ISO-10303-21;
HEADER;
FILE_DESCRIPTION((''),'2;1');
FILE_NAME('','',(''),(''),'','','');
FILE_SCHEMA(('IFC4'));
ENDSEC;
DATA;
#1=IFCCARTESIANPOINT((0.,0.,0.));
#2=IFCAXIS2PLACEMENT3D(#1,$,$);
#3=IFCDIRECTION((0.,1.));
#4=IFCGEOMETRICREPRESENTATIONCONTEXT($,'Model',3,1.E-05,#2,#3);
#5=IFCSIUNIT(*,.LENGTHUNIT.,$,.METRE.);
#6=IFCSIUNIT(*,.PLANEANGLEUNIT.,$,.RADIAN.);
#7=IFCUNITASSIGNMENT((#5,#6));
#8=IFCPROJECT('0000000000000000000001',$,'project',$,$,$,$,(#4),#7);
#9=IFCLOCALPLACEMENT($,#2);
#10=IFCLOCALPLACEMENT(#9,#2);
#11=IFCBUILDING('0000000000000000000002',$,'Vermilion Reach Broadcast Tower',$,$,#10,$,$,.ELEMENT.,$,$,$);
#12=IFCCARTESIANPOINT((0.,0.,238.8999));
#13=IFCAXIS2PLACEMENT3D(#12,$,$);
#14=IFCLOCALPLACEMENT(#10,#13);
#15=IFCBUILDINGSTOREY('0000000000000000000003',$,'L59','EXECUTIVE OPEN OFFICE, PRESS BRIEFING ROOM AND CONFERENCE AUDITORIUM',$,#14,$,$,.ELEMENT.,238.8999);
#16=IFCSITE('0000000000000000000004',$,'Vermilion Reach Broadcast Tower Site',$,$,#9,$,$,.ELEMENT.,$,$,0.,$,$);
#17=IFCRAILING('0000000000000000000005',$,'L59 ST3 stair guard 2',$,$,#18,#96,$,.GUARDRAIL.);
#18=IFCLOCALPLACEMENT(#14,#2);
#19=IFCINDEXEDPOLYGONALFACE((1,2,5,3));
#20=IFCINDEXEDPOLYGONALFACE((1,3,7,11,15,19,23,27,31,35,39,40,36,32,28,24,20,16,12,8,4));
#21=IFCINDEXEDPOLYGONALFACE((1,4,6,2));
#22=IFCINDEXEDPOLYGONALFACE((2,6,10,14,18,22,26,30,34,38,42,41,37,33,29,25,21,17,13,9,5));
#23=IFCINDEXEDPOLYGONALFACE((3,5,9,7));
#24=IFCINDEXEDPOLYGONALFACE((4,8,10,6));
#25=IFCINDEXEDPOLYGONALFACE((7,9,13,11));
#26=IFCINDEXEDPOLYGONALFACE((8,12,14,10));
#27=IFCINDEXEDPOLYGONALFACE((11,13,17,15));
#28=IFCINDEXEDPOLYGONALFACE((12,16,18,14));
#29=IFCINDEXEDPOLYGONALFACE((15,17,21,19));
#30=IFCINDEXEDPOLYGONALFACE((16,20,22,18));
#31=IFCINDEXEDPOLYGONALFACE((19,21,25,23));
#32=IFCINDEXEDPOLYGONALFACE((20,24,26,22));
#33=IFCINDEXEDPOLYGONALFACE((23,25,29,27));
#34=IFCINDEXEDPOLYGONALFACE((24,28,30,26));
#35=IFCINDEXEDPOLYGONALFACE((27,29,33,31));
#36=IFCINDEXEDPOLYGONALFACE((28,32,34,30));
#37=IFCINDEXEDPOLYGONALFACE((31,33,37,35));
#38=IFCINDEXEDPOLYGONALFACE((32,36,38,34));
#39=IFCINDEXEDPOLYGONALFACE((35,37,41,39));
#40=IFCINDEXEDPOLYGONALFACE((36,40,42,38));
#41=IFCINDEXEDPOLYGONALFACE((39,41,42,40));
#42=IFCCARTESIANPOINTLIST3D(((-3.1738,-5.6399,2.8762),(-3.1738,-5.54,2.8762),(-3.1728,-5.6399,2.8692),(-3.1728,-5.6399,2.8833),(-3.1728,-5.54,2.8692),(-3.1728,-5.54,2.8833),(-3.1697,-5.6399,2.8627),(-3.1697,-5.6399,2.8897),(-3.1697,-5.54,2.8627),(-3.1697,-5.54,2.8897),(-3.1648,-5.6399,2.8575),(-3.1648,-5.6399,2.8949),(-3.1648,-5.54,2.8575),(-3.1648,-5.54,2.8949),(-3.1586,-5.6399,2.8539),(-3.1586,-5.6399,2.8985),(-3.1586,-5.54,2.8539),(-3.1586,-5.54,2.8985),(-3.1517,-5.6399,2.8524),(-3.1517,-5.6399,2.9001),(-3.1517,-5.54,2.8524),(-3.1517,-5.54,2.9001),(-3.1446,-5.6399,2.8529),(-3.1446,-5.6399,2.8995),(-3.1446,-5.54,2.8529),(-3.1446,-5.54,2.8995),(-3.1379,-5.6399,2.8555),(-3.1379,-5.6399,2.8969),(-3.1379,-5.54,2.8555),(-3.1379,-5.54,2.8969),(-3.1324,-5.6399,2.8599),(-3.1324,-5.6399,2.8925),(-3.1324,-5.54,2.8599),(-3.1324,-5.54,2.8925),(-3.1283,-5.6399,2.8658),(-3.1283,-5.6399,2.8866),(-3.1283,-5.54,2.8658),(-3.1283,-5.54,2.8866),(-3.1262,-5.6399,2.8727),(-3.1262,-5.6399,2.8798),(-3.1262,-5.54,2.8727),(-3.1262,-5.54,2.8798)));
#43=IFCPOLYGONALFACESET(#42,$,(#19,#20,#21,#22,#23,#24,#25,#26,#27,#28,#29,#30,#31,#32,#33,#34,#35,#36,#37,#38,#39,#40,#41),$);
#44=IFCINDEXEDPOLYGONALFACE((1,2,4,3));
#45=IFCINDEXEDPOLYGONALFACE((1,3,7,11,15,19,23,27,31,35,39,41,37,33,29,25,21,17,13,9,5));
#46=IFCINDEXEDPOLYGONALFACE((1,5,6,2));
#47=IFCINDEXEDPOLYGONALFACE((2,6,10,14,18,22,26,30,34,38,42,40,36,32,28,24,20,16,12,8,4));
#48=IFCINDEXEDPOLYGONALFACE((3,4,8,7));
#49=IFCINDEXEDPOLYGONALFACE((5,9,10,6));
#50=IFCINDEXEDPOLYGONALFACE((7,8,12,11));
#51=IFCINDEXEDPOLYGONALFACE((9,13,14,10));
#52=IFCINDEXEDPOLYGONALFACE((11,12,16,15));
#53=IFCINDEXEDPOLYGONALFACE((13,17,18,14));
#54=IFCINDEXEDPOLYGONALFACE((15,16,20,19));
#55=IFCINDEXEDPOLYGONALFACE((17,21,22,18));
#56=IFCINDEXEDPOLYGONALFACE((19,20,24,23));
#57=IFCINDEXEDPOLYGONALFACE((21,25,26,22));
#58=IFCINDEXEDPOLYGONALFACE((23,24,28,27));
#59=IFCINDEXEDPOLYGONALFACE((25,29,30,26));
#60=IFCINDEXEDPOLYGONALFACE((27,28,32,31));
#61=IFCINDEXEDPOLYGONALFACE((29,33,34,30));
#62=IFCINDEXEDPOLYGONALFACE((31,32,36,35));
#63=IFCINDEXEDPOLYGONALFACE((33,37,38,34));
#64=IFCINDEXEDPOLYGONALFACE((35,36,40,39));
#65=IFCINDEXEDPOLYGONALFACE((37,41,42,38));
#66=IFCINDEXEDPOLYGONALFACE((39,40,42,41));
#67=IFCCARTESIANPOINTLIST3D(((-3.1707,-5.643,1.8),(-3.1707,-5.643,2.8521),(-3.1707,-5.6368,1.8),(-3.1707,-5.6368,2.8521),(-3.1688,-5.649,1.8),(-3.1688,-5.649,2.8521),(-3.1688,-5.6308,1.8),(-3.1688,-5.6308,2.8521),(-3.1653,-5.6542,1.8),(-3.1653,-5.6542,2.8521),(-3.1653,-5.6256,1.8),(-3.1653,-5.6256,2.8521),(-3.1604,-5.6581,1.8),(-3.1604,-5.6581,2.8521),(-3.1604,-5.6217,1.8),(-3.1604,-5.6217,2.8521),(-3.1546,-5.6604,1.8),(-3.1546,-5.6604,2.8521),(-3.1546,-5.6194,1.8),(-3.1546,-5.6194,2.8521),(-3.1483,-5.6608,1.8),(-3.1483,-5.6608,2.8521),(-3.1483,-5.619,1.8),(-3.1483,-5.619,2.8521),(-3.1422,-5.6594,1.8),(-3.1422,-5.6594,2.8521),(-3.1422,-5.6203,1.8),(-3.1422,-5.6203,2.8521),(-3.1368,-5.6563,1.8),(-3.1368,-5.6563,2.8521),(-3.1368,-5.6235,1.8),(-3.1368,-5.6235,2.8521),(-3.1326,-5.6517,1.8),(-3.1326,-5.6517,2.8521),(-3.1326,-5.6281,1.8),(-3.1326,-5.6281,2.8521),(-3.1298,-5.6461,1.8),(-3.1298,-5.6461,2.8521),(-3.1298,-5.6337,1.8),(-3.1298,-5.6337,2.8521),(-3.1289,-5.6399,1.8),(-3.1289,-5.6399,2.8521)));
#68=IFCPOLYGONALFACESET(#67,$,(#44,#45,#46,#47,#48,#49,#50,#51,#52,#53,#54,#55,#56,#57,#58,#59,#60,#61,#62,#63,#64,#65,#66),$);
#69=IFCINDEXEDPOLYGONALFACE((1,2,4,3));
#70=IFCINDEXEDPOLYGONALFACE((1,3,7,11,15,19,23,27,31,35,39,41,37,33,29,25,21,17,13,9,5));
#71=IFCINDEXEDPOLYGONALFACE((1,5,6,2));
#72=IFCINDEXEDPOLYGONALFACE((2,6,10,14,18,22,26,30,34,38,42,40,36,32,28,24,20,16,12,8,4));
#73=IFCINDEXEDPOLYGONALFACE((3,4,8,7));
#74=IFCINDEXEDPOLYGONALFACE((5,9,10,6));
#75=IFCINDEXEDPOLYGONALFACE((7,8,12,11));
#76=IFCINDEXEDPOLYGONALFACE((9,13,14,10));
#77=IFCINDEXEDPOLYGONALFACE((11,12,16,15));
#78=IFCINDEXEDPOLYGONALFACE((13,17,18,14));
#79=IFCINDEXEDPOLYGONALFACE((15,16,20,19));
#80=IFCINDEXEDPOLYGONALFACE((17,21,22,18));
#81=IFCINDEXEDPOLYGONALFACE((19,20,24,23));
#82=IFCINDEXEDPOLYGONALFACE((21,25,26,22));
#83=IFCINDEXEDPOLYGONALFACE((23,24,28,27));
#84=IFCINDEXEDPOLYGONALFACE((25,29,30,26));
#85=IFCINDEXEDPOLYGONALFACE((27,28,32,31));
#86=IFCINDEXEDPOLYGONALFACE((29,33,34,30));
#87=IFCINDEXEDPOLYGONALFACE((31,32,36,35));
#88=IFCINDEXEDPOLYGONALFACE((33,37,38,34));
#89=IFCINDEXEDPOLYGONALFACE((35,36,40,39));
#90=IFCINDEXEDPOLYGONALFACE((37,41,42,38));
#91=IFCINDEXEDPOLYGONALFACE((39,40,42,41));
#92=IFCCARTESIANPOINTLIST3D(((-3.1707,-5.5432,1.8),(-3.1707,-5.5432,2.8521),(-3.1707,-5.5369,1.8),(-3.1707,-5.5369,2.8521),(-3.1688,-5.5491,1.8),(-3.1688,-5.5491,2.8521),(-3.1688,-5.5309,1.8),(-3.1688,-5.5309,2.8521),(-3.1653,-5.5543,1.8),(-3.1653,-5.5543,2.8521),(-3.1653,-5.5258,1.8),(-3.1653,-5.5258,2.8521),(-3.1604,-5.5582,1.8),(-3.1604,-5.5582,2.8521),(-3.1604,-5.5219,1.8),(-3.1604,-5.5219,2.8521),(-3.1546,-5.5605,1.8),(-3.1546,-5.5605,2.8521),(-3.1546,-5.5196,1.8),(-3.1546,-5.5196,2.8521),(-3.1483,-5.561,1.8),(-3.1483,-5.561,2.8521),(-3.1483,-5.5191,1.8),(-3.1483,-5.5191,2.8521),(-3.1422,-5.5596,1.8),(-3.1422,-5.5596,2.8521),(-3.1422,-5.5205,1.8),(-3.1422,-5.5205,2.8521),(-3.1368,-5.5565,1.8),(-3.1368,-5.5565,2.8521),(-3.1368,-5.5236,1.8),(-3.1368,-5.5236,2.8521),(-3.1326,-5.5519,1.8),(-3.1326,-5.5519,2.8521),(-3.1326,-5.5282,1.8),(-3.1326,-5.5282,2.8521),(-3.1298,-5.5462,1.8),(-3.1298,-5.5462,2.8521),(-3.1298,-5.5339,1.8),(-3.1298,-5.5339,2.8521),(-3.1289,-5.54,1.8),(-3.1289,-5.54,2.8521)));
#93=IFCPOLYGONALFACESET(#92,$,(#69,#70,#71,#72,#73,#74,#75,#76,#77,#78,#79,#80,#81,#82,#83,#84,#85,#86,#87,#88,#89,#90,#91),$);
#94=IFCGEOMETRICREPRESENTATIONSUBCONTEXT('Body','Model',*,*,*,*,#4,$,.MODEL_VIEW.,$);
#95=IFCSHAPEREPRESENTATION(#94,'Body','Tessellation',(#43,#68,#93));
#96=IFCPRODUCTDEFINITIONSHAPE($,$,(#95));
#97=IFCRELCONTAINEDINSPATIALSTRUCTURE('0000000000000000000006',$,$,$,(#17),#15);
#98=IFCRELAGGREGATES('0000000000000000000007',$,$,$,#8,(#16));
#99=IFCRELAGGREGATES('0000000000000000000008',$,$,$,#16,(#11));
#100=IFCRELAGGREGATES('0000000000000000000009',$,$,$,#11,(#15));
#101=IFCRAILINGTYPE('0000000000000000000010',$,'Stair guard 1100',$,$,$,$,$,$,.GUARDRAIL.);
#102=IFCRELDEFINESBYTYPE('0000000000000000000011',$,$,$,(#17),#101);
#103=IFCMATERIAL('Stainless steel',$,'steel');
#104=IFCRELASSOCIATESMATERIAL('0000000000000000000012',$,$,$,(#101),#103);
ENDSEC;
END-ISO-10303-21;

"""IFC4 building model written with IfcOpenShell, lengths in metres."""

from ifc_helpers import new_model, si_unit, direction, frame, origin, origin_2d, place, context, subcontext, project, spatial, circle, extrude, material, type_object, element, save


model = new_model("IFC4")

# Units and contexts
model_context = context("Model", 3, precision=1e-05, world=origin(), true_north=direction((0.0, 1.0)))
body_context = subcontext(model_context, "Body", "Model", "MODEL_VIEW")
ifc_project = project(units=[si_unit("LENGTHUNIT", "METRE"), si_unit("PLANEANGLEUNIT", "RADIAN")], contexts=[model_context])

# Site, building, storey
site_placement = place(None, origin())
site = spatial("IfcSite", under=ifc_project, at=site_placement, Name="Vermilion Reach Broadcast Tower Site", CompositionType="ELEMENT", RefElevation=0.0)
building_placement = place(site_placement, origin())
building = spatial("IfcBuilding", under=site, at=building_placement, Name="Vermilion Reach Broadcast Tower", CompositionType="ELEMENT")
storey_placement = place(building_placement, frame((0.0, 0.0, 238.8999)))
storey = spatial("IfcBuildingStorey", under=building, at=storey_placement, Name="L59", Description="EXECUTIVE OPEN OFFICE, PRESS BRIEFING ROOM AND CONFERENCE AUDITORIUM", CompositionType="ELEMENT", Elevation=238.8999)

# Railing
ifc_material_1 = material(Name="Stainless steel", Category="steel")
railing_type_1 = type_object("IfcRailingType", Name="Stair guard 1100", PredefinedType="GUARDRAIL", material=ifc_material_1)
railing_1_placement = place(storey_placement, frame((-3.1499, -5.6399, 1.8)))
element("IfcRailing", 1, at=railing_1_placement, inside=storey, type_object=railing_type_1, Name="L59 ST3 stair guard 2", PredefinedType="GUARDRAIL", context=body_context, shape_type="SweptSolid", body=[
    extrude(circle(Radius=0.0239, at=origin_2d()), frame((0.0, 0.0, 1.0762), z_axis=(0.0, 1.0, 0.0), x_axis=(-1.0, 0.0, 0.0)), (0.0, 0.0, 1.0), 0.0999),
    extrude(circle(Radius=0.021, at=origin_2d()), origin(), (0.0, 0.0, 1.0), 1.052),
    extrude(circle(Radius=0.021, at=origin_2d()), frame((0.0, 0.0999, 0.0)), (0.0, 0.0, 1.0), 1.052),
])

save(model, "model.ifc")
